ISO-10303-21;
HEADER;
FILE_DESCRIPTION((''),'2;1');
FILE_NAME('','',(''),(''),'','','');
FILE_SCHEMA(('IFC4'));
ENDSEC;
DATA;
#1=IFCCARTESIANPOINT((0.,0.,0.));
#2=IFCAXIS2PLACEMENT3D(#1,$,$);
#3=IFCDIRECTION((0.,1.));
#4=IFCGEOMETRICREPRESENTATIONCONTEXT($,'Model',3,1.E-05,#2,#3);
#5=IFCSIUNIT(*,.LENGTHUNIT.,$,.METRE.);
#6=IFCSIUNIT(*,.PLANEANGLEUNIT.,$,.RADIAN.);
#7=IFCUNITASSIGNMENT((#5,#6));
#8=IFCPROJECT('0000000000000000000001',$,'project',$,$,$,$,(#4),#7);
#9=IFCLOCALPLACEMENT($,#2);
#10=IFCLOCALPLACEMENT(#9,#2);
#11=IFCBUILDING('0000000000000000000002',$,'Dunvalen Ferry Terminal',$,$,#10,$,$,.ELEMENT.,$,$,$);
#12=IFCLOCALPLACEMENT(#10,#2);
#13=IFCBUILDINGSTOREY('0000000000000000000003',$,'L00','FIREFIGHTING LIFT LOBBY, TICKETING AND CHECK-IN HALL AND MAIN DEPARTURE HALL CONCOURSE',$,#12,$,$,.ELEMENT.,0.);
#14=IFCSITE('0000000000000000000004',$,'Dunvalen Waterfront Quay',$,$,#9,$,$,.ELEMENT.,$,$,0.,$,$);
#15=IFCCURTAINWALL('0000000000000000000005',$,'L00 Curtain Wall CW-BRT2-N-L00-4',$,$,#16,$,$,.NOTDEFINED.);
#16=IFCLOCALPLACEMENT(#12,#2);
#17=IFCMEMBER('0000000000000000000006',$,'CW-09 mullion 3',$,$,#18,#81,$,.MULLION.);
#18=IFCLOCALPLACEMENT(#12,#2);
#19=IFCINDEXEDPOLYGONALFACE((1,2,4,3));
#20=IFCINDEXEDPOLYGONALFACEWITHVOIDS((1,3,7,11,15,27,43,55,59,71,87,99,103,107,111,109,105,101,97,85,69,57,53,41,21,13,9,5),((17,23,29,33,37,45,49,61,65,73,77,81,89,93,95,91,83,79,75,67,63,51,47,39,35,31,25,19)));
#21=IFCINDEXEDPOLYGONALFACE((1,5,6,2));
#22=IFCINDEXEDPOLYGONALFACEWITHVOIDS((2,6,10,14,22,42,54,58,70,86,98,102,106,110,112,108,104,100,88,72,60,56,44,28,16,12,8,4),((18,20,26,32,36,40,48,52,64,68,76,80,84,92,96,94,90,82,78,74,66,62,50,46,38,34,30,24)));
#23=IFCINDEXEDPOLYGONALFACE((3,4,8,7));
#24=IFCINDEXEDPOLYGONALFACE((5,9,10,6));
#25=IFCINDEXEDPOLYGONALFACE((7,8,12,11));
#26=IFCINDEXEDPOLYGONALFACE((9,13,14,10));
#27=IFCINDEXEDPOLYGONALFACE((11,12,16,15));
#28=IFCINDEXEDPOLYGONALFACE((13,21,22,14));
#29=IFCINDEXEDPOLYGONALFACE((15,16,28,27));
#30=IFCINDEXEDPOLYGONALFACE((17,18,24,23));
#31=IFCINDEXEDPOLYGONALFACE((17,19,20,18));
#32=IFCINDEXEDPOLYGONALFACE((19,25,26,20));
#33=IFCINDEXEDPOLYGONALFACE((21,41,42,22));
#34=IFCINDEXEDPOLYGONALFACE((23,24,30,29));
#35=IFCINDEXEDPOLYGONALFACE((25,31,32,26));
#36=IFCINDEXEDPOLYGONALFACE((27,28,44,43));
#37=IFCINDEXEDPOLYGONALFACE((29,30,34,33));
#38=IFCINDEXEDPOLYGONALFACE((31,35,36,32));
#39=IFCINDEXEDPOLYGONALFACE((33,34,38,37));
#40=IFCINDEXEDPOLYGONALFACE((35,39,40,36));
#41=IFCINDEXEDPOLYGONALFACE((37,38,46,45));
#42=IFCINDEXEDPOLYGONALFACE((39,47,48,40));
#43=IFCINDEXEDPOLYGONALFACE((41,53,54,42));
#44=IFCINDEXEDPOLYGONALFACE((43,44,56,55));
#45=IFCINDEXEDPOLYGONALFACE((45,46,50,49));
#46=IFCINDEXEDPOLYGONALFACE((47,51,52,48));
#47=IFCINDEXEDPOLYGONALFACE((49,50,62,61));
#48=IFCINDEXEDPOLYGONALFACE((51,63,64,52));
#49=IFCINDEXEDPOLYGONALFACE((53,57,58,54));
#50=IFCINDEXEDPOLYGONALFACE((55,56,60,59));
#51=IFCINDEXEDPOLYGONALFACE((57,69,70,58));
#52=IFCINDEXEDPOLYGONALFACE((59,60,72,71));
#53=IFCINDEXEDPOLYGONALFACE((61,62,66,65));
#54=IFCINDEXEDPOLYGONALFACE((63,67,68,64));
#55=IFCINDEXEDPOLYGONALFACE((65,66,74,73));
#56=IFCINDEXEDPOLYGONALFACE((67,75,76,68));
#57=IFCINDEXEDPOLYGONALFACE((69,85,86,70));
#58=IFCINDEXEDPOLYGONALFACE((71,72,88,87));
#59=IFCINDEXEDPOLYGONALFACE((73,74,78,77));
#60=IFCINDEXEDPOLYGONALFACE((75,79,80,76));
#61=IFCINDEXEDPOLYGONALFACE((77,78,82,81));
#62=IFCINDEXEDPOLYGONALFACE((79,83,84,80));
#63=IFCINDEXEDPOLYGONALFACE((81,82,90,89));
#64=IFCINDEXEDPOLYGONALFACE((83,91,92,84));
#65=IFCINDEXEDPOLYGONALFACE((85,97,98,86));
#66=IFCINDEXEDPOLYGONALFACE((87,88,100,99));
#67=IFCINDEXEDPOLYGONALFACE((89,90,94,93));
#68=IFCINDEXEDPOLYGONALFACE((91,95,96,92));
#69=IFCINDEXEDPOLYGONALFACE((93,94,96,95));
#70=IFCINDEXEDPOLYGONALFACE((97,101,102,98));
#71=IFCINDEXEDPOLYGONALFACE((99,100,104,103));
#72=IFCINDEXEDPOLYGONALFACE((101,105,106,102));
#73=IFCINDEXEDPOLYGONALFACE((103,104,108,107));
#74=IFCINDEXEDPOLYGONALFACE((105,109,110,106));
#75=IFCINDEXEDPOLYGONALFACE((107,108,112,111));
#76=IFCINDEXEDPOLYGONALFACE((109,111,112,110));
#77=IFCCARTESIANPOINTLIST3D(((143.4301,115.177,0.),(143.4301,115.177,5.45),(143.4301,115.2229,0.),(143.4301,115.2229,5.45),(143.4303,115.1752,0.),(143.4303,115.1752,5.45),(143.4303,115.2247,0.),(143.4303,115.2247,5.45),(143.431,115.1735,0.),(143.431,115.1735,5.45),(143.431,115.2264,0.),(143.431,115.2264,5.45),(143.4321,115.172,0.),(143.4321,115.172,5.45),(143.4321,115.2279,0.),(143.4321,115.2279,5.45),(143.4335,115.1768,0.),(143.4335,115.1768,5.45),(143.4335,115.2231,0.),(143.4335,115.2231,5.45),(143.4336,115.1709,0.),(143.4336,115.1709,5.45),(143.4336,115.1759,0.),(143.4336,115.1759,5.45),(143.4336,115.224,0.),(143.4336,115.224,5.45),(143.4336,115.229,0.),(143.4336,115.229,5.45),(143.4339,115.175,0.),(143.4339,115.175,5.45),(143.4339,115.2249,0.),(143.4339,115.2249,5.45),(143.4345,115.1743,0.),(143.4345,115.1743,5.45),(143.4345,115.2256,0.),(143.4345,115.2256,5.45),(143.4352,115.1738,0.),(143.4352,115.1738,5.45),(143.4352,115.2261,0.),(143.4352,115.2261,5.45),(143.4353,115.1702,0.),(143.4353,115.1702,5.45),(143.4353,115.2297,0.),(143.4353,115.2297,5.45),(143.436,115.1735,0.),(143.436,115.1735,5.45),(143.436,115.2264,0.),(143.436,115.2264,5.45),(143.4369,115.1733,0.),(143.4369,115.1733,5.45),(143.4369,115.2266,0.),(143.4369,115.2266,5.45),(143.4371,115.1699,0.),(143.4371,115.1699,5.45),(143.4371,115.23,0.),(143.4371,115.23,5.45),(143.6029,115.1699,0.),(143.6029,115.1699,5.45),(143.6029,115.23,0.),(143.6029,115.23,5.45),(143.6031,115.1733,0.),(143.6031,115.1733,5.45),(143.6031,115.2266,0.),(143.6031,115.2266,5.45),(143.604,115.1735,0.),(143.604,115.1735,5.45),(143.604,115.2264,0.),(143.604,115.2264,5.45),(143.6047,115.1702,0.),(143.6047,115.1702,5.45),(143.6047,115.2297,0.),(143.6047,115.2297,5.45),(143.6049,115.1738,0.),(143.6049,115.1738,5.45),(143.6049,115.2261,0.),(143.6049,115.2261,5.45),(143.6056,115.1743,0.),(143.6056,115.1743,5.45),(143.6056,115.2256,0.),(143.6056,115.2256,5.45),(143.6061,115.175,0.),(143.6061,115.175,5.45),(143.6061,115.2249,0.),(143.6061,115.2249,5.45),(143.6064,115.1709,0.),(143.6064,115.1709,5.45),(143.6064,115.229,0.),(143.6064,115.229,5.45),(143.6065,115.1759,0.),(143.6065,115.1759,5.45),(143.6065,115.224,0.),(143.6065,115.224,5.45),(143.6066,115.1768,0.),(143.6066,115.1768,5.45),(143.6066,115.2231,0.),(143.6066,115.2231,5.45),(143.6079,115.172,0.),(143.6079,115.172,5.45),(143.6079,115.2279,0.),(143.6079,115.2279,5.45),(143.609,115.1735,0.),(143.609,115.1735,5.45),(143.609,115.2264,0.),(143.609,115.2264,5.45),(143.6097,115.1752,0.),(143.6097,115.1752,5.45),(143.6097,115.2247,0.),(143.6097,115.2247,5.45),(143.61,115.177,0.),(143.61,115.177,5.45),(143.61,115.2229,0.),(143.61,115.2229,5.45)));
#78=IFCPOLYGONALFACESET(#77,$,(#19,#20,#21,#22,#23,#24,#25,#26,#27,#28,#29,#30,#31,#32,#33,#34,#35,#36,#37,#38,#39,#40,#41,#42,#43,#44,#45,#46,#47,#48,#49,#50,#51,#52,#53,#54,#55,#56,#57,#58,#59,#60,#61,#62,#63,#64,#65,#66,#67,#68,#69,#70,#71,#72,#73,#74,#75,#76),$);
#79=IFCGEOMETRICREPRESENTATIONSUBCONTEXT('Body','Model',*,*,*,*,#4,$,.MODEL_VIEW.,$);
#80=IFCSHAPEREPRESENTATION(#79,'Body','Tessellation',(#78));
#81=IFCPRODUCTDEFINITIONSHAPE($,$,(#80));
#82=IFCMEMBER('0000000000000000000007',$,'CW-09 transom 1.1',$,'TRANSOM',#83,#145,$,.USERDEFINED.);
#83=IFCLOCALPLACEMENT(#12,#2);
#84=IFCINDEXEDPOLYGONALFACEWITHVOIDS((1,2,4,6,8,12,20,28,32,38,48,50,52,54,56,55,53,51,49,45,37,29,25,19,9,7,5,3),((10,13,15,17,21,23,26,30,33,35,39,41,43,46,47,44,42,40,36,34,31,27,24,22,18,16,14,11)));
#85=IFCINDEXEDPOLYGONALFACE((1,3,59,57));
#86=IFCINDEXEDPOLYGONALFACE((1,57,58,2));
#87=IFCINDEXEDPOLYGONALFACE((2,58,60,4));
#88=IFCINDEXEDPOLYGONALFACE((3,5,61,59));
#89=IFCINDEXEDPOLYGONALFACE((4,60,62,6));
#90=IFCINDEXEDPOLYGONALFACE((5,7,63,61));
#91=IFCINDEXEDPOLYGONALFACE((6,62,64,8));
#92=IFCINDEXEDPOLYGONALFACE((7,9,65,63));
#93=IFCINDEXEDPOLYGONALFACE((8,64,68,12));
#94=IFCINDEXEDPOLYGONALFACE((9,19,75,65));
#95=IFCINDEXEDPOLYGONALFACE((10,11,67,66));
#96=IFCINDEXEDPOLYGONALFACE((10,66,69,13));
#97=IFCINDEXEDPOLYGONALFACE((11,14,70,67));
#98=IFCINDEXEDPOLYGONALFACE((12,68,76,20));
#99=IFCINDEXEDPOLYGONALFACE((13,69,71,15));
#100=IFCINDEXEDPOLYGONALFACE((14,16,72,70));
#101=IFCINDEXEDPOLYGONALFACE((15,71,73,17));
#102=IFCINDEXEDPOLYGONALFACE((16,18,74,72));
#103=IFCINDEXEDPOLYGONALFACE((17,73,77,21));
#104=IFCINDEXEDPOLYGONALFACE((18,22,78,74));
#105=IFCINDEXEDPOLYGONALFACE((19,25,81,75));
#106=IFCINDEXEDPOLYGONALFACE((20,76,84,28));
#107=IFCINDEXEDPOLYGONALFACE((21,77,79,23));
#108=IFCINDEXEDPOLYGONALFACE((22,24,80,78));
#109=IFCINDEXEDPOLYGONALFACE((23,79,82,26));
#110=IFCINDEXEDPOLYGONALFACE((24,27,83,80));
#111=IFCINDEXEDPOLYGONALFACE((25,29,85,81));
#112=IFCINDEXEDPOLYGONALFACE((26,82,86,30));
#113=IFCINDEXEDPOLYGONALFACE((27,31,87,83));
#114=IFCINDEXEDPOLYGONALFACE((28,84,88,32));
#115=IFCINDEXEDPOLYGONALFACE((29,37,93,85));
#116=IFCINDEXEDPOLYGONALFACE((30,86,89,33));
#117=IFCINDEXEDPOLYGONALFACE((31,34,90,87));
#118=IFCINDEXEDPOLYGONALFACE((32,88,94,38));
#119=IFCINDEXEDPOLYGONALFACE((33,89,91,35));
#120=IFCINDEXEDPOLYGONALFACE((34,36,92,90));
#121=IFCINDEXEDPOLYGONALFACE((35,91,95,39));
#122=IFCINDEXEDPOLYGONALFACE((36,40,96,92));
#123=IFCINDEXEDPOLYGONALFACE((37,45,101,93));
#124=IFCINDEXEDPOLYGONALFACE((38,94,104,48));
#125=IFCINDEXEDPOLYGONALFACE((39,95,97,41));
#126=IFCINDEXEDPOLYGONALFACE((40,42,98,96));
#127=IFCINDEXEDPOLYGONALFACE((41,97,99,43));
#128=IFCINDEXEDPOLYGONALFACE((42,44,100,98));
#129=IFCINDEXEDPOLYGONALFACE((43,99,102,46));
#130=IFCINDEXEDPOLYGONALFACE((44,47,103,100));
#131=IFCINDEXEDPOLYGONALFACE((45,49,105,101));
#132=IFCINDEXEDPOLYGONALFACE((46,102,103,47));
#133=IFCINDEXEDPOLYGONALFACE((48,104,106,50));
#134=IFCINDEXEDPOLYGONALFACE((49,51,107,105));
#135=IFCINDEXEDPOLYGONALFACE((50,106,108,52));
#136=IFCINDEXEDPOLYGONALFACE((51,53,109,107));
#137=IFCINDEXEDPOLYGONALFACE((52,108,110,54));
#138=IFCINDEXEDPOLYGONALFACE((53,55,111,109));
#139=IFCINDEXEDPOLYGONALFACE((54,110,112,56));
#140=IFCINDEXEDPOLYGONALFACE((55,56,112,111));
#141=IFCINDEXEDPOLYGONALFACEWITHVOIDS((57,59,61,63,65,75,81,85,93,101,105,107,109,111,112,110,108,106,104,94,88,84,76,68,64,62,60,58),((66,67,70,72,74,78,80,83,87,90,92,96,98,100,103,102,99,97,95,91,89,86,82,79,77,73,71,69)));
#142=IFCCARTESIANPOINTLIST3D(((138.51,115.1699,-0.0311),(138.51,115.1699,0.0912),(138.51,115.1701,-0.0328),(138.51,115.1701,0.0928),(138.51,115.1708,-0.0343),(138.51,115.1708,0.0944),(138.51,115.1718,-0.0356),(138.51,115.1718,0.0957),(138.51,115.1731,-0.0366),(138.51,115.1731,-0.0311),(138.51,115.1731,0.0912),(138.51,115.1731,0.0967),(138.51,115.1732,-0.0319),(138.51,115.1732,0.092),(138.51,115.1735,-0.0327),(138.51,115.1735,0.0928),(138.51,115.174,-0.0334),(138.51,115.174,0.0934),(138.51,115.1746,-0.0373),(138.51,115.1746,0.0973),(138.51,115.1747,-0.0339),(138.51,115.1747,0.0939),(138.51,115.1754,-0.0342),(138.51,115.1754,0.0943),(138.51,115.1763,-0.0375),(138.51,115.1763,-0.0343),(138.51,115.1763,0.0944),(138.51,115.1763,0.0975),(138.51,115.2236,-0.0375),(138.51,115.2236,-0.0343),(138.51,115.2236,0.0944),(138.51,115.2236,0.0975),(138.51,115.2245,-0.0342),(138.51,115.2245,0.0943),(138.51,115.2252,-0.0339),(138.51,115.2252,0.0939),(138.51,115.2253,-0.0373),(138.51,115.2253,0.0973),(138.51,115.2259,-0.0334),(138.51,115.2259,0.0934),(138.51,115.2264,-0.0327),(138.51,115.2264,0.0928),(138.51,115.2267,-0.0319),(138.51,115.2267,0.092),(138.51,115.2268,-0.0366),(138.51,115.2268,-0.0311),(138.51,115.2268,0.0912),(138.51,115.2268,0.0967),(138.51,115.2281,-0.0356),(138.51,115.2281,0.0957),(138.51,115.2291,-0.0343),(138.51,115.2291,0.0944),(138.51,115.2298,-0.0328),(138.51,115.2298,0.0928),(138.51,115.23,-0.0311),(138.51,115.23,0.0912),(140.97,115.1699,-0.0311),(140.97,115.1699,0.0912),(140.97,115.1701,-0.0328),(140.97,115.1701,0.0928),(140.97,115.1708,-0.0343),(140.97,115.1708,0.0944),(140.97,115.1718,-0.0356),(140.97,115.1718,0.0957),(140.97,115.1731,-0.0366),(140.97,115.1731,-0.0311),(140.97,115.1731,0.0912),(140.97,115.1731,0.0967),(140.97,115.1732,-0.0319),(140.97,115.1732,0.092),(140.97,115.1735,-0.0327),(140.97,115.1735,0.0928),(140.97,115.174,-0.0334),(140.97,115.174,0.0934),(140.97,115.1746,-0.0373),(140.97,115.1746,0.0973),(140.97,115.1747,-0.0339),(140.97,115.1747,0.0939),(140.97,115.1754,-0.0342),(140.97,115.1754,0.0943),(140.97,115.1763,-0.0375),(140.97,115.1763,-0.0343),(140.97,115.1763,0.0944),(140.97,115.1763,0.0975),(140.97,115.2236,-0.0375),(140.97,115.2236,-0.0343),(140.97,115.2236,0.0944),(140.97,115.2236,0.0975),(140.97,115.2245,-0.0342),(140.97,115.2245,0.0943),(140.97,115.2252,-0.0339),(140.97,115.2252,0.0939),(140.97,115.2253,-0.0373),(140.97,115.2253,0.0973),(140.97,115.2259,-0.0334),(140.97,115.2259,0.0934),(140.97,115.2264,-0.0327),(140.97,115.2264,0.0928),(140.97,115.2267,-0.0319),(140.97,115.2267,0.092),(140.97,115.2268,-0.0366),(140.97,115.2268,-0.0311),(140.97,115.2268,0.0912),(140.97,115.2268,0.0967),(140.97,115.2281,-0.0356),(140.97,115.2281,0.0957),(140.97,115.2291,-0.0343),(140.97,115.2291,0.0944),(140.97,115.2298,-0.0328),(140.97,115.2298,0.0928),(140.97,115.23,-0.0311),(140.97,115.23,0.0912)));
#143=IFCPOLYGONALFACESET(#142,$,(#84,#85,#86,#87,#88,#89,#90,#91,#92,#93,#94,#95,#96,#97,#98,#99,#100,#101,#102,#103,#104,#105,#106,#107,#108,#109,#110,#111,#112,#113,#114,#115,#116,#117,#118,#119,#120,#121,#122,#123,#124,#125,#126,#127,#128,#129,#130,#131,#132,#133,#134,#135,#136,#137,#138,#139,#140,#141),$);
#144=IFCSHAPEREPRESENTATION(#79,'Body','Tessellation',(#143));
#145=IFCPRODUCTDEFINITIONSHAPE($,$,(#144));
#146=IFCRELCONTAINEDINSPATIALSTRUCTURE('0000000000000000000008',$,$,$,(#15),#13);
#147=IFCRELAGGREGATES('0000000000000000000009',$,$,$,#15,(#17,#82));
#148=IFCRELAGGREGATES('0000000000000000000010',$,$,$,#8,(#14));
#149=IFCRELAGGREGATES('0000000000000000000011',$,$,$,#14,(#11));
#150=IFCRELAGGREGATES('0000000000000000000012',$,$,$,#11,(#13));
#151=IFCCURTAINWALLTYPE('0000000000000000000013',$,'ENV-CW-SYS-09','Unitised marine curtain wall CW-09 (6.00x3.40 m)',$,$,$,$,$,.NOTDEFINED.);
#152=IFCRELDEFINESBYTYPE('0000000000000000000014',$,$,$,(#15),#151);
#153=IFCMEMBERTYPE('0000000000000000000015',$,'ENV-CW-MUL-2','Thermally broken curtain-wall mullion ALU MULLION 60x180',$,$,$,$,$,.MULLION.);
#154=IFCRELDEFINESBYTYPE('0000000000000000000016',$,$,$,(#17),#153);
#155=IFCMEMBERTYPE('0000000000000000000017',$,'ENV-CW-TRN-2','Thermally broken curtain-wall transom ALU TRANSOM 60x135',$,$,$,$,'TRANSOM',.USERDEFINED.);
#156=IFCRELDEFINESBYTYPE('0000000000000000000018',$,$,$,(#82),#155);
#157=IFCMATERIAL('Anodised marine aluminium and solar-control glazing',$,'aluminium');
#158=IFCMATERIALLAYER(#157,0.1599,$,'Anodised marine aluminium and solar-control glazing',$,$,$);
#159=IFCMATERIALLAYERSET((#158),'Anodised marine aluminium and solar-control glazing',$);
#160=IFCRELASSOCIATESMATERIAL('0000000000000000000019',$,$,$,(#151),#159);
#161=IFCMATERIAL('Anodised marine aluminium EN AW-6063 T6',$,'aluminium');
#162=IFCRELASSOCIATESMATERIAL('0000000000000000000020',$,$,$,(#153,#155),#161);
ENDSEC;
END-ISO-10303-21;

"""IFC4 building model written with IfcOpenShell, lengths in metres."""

from ifc_helpers import new_model, si_unit, direction, frame, origin, origin_2d, place, context, subcontext, project, spatial, hollow_rectangle, extrude, material, layer, layer_set, material_profile, profile_set, type_object, element, aggregate, save


model = new_model("IFC4")

# Units and contexts
model_context = context("Model", 3, precision=1e-05, world=origin(), true_north=direction((0.0, 1.0)))
body_context = subcontext(model_context, "Body", "Model", "MODEL_VIEW")
ifc_project = project(units=[si_unit("LENGTHUNIT", "METRE"), si_unit("PLANEANGLEUNIT", "RADIAN")], contexts=[model_context])

# Site, building, storey
site_placement = place(None, origin())
site = spatial("IfcSite", under=ifc_project, at=site_placement, Name="Dunvalen Waterfront Quay", CompositionType="ELEMENT", RefElevation=0.0)
building_placement = place(site_placement, origin())
building = spatial("IfcBuilding", under=site, at=building_placement, Name="Dunvalen Ferry Terminal", CompositionType="ELEMENT")
storey_placement = place(building_placement, origin())
storey = spatial("IfcBuildingStorey", under=building, at=storey_placement, Name="L00", Description="FIREFIGHTING LIFT LOBBY, TICKETING AND CHECK-IN HALL AND MAIN DEPARTURE HALL CONCOURSE", CompositionType="ELEMENT", Elevation=0.0)

# Curtain wall, members
ifc_material_1 = material(Name="Anodised marine aluminium and solar-control glazing", Category="aluminium")
ifc_layer_1 = layer(ifc_material_1, 0.1599, Name="Anodised marine aluminium and solar-control glazing")
ifc_layer_set_1 = layer_set([ifc_layer_1], Name="Anodised marine aluminium and solar-control glazing")
curtain_wall_type = type_object("IfcCurtainWallType", Name="ENV-CW-SYS-09", Description="Unitised marine curtain wall CW-09 (6.00x3.40 m)", PredefinedType="NOTDEFINED", material=ifc_layer_set_1)
curtain_wall_placement = place(storey_placement, origin())
curtain_wall = element("IfcCurtainWall", 1, at=curtain_wall_placement, inside=storey, type_object=curtain_wall_type, Name="L00 Curtain Wall CW-BRT2-N-L00-4", PredefinedType="NOTDEFINED")
ifc_material_2 = material(Name="Anodised marine aluminium EN AW-6063 T6", Category="aluminium")
ifc_material_profile_1 = material_profile(ifc_material_2, hollow_rectangle(XDim=0.0601, YDim=0.1799, WallThickness=0.0034, InnerFilletRadius=0.0034, OuterFilletRadius=0.0071, at=origin_2d()), Name="Anodised marine aluminium EN AW-6063 T6")
ifc_profile_set_1 = profile_set([ifc_material_profile_1], Name="Anodised marine aluminium EN AW-6063 T6")
member_type_1 = type_object("IfcMemberType", Name="ENV-CW-MUL-2", Description="Thermally broken curtain-wall mullion ALU MULLION 60x180", PredefinedType="MULLION", material=ifc_profile_set_1)
member_1_placement = place(storey_placement, frame((143.52, 115.2, 0.0), z_axis=(0.0, 0.0, 1.0), x_axis=(0.0, 1.0, 0.0)))
member_1 = element("IfcMember", 2, at=member_1_placement, type_object=member_type_1, Name="CW-09 mullion 3", PredefinedType="MULLION", context=body_context, shape_type="SweptSolid", body=[
    extrude(hollow_rectangle(XDim=0.0601, YDim=0.1799, WallThickness=0.0034, InnerFilletRadius=0.0034, OuterFilletRadius=0.0071, at=origin_2d()), origin(), (0.0, 0.0, 1.0), 5.45),
])
ifc_material_profile_2 = material_profile(ifc_material_2, hollow_rectangle(XDim=0.0601, YDim=0.135, WallThickness=0.0032, InnerFilletRadius=0.0032, OuterFilletRadius=0.0063, at=origin_2d()), Name="Anodised marine aluminium EN AW-6063 T6")
ifc_profile_set_2 = profile_set([ifc_material_profile_2], Name="Anodised marine aluminium EN AW-6063 T6")
member_type_2 = type_object("IfcMemberType", Name="ENV-CW-TRN-2", Description="Thermally broken curtain-wall transom ALU TRANSOM 60x135", ElementType="TRANSOM", PredefinedType="USERDEFINED", material=ifc_profile_set_2)
member_2_placement = place(storey_placement, frame((138.51, 115.2, 0.03), z_axis=(1.0, 0.0, 0.0), x_axis=(0.0, 1.0, 0.0)))
member_2 = element("IfcMember", 3, at=member_2_placement, type_object=member_type_2, Name="CW-09 transom 1.1", ObjectType="TRANSOM", PredefinedType="USERDEFINED", context=body_context, shape_type="SweptSolid", body=[
    extrude(hollow_rectangle(XDim=0.0601, YDim=0.135, WallThickness=0.0032, InnerFilletRadius=0.0032, OuterFilletRadius=0.0063, at=origin_2d()), origin(), (0.0, 0.0, 1.0), 2.46),
])
aggregate(curtain_wall, [member_1, member_2])

save(model, "model.ifc")
